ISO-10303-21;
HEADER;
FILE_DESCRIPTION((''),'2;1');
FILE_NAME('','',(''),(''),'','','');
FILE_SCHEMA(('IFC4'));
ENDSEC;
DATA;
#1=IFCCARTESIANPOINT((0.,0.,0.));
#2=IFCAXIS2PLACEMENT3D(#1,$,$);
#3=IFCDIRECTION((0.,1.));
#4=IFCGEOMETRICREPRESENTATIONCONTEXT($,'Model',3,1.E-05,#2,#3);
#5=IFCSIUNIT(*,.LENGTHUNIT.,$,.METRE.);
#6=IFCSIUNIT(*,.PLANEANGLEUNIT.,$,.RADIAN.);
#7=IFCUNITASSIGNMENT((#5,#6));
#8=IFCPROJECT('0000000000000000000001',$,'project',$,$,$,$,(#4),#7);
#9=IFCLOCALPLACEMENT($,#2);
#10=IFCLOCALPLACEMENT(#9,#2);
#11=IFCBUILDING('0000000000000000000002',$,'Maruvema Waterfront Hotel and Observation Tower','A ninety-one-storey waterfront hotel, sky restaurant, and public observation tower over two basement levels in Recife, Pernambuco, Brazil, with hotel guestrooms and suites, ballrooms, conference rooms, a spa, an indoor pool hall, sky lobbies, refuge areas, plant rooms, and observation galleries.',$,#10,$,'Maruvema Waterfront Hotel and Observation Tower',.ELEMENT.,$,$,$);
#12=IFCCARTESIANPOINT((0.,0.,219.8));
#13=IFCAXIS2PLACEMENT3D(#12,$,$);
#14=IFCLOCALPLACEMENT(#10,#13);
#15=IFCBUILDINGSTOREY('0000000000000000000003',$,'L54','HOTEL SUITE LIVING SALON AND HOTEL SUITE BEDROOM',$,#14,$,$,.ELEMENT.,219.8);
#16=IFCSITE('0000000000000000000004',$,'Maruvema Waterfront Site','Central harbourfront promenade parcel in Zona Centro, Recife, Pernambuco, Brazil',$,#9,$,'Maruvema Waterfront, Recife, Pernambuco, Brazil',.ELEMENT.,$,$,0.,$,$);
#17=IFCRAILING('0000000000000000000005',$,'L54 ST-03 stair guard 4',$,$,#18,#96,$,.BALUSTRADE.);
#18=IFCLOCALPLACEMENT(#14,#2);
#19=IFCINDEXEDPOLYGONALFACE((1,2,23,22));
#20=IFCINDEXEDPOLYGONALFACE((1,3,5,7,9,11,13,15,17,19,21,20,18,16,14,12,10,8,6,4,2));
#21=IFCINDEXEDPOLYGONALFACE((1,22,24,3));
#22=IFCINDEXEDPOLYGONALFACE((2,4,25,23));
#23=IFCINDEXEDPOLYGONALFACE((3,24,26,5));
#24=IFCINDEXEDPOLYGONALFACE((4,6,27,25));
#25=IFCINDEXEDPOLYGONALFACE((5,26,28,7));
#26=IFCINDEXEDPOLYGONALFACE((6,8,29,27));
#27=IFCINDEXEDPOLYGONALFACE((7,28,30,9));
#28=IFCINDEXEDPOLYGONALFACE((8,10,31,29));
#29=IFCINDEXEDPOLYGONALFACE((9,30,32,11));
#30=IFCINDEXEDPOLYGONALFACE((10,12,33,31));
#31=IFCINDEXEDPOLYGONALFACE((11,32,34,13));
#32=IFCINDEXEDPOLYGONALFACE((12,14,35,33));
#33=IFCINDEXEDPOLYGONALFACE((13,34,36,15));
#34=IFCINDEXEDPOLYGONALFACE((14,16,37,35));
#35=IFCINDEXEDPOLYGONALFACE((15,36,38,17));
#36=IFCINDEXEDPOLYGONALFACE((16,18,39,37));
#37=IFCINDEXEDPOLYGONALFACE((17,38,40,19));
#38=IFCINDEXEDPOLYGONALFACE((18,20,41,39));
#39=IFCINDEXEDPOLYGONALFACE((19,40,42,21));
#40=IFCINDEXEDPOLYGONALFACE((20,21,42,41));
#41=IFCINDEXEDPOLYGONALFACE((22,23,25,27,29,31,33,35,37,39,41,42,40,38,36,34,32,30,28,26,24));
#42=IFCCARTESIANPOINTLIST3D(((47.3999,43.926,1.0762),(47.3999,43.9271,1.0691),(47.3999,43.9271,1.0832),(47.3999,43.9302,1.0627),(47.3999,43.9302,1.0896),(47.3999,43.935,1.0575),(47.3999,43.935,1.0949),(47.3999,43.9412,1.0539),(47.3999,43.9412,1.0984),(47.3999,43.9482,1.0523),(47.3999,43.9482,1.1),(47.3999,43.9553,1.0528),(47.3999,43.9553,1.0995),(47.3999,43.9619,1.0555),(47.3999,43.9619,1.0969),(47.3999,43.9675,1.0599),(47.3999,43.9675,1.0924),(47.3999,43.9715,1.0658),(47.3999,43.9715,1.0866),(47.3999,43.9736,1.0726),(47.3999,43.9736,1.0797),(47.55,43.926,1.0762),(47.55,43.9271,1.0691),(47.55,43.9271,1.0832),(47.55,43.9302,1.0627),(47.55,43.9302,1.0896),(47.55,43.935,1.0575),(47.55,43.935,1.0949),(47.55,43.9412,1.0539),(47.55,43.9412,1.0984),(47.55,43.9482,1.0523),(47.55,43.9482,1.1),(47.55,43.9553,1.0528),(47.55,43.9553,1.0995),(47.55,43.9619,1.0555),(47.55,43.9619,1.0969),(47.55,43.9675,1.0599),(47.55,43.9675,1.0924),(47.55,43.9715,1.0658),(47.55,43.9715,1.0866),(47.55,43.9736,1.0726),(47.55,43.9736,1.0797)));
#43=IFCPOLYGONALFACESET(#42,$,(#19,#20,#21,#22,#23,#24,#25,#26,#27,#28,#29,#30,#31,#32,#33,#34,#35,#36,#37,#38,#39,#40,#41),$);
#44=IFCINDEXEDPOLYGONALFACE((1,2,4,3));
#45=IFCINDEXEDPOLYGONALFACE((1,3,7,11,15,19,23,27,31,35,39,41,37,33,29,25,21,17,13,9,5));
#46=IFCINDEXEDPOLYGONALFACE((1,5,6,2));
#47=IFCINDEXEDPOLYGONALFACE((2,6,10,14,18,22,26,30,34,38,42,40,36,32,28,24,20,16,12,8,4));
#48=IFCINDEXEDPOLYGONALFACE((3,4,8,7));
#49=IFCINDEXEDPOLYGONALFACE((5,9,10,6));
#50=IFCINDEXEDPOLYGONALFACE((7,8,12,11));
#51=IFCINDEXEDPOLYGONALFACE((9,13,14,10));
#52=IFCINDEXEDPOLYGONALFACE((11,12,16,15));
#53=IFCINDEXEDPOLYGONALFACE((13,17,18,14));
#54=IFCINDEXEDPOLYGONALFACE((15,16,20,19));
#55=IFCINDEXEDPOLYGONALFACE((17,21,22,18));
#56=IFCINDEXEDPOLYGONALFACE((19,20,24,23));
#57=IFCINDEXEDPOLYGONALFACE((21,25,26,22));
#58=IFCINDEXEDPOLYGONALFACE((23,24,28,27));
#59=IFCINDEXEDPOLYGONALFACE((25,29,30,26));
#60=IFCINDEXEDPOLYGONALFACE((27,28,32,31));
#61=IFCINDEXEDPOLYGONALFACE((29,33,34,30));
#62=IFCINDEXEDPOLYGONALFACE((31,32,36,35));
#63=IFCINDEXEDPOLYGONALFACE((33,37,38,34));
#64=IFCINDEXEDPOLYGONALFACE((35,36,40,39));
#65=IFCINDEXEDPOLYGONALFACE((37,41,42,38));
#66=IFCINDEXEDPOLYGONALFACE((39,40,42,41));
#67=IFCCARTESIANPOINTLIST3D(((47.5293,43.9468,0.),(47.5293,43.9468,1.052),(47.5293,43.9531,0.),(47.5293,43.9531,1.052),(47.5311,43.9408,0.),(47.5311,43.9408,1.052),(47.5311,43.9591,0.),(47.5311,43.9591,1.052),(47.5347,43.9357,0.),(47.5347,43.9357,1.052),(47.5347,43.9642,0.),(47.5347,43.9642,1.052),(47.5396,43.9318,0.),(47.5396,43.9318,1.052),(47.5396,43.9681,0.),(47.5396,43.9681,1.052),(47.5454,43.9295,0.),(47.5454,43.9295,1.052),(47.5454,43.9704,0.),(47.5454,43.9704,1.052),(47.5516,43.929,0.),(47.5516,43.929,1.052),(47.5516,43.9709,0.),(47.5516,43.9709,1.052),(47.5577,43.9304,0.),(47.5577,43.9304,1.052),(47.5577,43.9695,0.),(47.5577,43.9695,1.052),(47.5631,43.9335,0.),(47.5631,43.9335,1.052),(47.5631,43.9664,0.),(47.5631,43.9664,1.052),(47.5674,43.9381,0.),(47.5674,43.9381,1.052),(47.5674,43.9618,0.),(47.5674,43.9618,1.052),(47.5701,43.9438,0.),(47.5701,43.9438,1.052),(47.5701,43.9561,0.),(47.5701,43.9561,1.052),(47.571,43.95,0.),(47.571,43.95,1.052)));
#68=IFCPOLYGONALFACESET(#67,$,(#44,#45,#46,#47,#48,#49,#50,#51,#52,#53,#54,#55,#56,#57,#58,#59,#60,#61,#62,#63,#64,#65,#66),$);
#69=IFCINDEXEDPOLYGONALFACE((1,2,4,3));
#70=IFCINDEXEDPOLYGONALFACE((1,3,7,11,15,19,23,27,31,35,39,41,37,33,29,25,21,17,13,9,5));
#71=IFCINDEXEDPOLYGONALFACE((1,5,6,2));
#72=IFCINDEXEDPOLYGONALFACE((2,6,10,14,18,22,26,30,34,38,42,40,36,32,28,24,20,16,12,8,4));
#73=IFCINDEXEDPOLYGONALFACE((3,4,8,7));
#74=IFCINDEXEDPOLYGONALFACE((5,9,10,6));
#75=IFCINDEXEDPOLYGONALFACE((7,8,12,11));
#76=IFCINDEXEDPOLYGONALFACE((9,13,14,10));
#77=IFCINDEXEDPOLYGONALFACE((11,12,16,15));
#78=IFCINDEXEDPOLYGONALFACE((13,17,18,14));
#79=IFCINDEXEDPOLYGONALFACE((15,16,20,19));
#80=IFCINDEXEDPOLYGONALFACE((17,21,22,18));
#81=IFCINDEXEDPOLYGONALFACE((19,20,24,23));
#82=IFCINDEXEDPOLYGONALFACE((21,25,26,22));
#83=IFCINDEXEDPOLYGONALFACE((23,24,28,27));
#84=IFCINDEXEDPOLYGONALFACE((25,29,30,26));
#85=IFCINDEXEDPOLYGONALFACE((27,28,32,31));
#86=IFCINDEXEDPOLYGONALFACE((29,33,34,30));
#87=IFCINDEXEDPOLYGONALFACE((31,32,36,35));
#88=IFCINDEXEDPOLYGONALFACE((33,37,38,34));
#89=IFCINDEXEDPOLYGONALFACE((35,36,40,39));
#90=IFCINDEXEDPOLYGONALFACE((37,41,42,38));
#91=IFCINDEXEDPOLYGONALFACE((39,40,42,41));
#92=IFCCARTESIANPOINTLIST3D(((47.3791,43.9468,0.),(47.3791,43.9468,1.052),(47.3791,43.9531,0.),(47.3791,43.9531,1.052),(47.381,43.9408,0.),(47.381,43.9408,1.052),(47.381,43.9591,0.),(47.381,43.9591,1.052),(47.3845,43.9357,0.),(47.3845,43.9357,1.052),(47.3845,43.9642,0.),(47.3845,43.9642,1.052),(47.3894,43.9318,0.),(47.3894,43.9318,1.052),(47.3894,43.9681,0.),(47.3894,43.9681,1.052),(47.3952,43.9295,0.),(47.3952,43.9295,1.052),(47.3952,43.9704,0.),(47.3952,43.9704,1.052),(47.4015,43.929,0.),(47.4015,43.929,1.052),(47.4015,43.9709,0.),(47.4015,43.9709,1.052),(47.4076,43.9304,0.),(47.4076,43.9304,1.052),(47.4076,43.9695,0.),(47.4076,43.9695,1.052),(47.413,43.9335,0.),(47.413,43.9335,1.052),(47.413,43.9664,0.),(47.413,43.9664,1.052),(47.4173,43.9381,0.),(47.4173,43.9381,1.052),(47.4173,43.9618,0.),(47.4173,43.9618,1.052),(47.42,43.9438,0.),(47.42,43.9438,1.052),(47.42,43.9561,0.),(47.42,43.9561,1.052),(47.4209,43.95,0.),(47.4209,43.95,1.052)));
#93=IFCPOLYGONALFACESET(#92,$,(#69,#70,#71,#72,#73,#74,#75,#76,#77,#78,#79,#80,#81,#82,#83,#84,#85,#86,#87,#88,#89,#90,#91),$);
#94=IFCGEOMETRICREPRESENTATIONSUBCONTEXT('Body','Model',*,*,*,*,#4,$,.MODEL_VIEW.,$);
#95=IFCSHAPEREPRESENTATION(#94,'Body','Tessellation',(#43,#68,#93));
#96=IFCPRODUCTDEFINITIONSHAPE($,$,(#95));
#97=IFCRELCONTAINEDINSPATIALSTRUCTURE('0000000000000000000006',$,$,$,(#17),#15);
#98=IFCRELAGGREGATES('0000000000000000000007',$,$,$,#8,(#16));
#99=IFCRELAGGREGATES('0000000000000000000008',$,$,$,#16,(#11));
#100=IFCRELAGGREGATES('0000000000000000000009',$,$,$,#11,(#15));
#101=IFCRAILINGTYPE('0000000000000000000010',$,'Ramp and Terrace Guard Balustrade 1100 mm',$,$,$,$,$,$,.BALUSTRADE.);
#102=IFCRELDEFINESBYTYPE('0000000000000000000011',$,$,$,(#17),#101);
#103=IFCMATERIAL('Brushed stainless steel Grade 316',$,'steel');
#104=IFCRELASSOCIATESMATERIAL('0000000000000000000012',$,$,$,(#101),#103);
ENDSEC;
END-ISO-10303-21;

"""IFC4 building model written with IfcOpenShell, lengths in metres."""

from ifc_helpers import new_model, si_unit, direction, frame, origin, origin_2d, place, context, subcontext, project, spatial, circle, extrude, material, type_object, element, save


model = new_model("IFC4")

# Units and contexts
model_context = context("Model", 3, precision=1e-05, world=origin(), true_north=direction((0.0, 1.0)))
body_context = subcontext(model_context, "Body", "Model", "MODEL_VIEW")
ifc_project = project(units=[si_unit("LENGTHUNIT", "METRE"), si_unit("PLANEANGLEUNIT", "RADIAN")], contexts=[model_context])

# Site, building, storey
site_placement = place(None, origin())
site = spatial("IfcSite", under=ifc_project, at=site_placement, Name="Maruvema Waterfront Site", Description="Central harbourfront promenade parcel in Zona Centro, Recife, Pernambuco, Brazil", LongName="Maruvema Waterfront, Recife, Pernambuco, Brazil", CompositionType="ELEMENT", RefElevation=0.0)
building_placement = place(site_placement, origin())
building = spatial("IfcBuilding", under=site, at=building_placement, Name="Maruvema Waterfront Hotel and Observation Tower", Description="A ninety-one-storey waterfront hotel, sky restaurant, and public observation tower over two basement levels in Recife, Pernambuco, Brazil, with hotel guestrooms and suites, ballrooms, conference rooms, a spa, an indoor pool hall, sky lobbies, refuge areas, plant rooms, and observation galleries.", LongName="Maruvema Waterfront Hotel and Observation Tower", CompositionType="ELEMENT")
storey_placement = place(building_placement, frame((0.0, 0.0, 219.8)))
storey = spatial("IfcBuildingStorey", under=building, at=storey_placement, Name="L54", Description="HOTEL SUITE LIVING SALON AND HOTEL SUITE BEDROOM", CompositionType="ELEMENT", Elevation=219.8)

# Railing
ifc_material_1 = material(Name="Brushed stainless steel Grade 316", Category="steel")
railing_type = type_object("IfcRailingType", Name="Ramp and Terrace Guard Balustrade 1100 mm", PredefinedType="BALUSTRADE", material=ifc_material_1)
railing_placement = place(storey_placement, frame((47.55, 43.95, 0.0)))
element("IfcRailing", 1, at=railing_placement, inside=storey, type_object=railing_type, Name="L54 ST-03 stair guard 4", PredefinedType="BALUSTRADE", context=body_context, shape_type="SweptSolid", body=[
    extrude(circle(Radius=0.0239, at=origin_2d()), frame((0.0, 0.0, 1.0762), z_axis=(-1.0, 0.0, 0.0), x_axis=(0.0, -1.0, 0.0)), (0.0, 0.0, 1.0), 0.1501),
    extrude(circle(Radius=0.021, at=origin_2d()), origin(), (0.0, 0.0, 1.0), 1.052),
    extrude(circle(Radius=0.021, at=origin_2d()), frame((-0.1501, 0.0, 0.0)), (0.0, 0.0, 1.0), 1.052),
])

save(model, "model.ifc")
